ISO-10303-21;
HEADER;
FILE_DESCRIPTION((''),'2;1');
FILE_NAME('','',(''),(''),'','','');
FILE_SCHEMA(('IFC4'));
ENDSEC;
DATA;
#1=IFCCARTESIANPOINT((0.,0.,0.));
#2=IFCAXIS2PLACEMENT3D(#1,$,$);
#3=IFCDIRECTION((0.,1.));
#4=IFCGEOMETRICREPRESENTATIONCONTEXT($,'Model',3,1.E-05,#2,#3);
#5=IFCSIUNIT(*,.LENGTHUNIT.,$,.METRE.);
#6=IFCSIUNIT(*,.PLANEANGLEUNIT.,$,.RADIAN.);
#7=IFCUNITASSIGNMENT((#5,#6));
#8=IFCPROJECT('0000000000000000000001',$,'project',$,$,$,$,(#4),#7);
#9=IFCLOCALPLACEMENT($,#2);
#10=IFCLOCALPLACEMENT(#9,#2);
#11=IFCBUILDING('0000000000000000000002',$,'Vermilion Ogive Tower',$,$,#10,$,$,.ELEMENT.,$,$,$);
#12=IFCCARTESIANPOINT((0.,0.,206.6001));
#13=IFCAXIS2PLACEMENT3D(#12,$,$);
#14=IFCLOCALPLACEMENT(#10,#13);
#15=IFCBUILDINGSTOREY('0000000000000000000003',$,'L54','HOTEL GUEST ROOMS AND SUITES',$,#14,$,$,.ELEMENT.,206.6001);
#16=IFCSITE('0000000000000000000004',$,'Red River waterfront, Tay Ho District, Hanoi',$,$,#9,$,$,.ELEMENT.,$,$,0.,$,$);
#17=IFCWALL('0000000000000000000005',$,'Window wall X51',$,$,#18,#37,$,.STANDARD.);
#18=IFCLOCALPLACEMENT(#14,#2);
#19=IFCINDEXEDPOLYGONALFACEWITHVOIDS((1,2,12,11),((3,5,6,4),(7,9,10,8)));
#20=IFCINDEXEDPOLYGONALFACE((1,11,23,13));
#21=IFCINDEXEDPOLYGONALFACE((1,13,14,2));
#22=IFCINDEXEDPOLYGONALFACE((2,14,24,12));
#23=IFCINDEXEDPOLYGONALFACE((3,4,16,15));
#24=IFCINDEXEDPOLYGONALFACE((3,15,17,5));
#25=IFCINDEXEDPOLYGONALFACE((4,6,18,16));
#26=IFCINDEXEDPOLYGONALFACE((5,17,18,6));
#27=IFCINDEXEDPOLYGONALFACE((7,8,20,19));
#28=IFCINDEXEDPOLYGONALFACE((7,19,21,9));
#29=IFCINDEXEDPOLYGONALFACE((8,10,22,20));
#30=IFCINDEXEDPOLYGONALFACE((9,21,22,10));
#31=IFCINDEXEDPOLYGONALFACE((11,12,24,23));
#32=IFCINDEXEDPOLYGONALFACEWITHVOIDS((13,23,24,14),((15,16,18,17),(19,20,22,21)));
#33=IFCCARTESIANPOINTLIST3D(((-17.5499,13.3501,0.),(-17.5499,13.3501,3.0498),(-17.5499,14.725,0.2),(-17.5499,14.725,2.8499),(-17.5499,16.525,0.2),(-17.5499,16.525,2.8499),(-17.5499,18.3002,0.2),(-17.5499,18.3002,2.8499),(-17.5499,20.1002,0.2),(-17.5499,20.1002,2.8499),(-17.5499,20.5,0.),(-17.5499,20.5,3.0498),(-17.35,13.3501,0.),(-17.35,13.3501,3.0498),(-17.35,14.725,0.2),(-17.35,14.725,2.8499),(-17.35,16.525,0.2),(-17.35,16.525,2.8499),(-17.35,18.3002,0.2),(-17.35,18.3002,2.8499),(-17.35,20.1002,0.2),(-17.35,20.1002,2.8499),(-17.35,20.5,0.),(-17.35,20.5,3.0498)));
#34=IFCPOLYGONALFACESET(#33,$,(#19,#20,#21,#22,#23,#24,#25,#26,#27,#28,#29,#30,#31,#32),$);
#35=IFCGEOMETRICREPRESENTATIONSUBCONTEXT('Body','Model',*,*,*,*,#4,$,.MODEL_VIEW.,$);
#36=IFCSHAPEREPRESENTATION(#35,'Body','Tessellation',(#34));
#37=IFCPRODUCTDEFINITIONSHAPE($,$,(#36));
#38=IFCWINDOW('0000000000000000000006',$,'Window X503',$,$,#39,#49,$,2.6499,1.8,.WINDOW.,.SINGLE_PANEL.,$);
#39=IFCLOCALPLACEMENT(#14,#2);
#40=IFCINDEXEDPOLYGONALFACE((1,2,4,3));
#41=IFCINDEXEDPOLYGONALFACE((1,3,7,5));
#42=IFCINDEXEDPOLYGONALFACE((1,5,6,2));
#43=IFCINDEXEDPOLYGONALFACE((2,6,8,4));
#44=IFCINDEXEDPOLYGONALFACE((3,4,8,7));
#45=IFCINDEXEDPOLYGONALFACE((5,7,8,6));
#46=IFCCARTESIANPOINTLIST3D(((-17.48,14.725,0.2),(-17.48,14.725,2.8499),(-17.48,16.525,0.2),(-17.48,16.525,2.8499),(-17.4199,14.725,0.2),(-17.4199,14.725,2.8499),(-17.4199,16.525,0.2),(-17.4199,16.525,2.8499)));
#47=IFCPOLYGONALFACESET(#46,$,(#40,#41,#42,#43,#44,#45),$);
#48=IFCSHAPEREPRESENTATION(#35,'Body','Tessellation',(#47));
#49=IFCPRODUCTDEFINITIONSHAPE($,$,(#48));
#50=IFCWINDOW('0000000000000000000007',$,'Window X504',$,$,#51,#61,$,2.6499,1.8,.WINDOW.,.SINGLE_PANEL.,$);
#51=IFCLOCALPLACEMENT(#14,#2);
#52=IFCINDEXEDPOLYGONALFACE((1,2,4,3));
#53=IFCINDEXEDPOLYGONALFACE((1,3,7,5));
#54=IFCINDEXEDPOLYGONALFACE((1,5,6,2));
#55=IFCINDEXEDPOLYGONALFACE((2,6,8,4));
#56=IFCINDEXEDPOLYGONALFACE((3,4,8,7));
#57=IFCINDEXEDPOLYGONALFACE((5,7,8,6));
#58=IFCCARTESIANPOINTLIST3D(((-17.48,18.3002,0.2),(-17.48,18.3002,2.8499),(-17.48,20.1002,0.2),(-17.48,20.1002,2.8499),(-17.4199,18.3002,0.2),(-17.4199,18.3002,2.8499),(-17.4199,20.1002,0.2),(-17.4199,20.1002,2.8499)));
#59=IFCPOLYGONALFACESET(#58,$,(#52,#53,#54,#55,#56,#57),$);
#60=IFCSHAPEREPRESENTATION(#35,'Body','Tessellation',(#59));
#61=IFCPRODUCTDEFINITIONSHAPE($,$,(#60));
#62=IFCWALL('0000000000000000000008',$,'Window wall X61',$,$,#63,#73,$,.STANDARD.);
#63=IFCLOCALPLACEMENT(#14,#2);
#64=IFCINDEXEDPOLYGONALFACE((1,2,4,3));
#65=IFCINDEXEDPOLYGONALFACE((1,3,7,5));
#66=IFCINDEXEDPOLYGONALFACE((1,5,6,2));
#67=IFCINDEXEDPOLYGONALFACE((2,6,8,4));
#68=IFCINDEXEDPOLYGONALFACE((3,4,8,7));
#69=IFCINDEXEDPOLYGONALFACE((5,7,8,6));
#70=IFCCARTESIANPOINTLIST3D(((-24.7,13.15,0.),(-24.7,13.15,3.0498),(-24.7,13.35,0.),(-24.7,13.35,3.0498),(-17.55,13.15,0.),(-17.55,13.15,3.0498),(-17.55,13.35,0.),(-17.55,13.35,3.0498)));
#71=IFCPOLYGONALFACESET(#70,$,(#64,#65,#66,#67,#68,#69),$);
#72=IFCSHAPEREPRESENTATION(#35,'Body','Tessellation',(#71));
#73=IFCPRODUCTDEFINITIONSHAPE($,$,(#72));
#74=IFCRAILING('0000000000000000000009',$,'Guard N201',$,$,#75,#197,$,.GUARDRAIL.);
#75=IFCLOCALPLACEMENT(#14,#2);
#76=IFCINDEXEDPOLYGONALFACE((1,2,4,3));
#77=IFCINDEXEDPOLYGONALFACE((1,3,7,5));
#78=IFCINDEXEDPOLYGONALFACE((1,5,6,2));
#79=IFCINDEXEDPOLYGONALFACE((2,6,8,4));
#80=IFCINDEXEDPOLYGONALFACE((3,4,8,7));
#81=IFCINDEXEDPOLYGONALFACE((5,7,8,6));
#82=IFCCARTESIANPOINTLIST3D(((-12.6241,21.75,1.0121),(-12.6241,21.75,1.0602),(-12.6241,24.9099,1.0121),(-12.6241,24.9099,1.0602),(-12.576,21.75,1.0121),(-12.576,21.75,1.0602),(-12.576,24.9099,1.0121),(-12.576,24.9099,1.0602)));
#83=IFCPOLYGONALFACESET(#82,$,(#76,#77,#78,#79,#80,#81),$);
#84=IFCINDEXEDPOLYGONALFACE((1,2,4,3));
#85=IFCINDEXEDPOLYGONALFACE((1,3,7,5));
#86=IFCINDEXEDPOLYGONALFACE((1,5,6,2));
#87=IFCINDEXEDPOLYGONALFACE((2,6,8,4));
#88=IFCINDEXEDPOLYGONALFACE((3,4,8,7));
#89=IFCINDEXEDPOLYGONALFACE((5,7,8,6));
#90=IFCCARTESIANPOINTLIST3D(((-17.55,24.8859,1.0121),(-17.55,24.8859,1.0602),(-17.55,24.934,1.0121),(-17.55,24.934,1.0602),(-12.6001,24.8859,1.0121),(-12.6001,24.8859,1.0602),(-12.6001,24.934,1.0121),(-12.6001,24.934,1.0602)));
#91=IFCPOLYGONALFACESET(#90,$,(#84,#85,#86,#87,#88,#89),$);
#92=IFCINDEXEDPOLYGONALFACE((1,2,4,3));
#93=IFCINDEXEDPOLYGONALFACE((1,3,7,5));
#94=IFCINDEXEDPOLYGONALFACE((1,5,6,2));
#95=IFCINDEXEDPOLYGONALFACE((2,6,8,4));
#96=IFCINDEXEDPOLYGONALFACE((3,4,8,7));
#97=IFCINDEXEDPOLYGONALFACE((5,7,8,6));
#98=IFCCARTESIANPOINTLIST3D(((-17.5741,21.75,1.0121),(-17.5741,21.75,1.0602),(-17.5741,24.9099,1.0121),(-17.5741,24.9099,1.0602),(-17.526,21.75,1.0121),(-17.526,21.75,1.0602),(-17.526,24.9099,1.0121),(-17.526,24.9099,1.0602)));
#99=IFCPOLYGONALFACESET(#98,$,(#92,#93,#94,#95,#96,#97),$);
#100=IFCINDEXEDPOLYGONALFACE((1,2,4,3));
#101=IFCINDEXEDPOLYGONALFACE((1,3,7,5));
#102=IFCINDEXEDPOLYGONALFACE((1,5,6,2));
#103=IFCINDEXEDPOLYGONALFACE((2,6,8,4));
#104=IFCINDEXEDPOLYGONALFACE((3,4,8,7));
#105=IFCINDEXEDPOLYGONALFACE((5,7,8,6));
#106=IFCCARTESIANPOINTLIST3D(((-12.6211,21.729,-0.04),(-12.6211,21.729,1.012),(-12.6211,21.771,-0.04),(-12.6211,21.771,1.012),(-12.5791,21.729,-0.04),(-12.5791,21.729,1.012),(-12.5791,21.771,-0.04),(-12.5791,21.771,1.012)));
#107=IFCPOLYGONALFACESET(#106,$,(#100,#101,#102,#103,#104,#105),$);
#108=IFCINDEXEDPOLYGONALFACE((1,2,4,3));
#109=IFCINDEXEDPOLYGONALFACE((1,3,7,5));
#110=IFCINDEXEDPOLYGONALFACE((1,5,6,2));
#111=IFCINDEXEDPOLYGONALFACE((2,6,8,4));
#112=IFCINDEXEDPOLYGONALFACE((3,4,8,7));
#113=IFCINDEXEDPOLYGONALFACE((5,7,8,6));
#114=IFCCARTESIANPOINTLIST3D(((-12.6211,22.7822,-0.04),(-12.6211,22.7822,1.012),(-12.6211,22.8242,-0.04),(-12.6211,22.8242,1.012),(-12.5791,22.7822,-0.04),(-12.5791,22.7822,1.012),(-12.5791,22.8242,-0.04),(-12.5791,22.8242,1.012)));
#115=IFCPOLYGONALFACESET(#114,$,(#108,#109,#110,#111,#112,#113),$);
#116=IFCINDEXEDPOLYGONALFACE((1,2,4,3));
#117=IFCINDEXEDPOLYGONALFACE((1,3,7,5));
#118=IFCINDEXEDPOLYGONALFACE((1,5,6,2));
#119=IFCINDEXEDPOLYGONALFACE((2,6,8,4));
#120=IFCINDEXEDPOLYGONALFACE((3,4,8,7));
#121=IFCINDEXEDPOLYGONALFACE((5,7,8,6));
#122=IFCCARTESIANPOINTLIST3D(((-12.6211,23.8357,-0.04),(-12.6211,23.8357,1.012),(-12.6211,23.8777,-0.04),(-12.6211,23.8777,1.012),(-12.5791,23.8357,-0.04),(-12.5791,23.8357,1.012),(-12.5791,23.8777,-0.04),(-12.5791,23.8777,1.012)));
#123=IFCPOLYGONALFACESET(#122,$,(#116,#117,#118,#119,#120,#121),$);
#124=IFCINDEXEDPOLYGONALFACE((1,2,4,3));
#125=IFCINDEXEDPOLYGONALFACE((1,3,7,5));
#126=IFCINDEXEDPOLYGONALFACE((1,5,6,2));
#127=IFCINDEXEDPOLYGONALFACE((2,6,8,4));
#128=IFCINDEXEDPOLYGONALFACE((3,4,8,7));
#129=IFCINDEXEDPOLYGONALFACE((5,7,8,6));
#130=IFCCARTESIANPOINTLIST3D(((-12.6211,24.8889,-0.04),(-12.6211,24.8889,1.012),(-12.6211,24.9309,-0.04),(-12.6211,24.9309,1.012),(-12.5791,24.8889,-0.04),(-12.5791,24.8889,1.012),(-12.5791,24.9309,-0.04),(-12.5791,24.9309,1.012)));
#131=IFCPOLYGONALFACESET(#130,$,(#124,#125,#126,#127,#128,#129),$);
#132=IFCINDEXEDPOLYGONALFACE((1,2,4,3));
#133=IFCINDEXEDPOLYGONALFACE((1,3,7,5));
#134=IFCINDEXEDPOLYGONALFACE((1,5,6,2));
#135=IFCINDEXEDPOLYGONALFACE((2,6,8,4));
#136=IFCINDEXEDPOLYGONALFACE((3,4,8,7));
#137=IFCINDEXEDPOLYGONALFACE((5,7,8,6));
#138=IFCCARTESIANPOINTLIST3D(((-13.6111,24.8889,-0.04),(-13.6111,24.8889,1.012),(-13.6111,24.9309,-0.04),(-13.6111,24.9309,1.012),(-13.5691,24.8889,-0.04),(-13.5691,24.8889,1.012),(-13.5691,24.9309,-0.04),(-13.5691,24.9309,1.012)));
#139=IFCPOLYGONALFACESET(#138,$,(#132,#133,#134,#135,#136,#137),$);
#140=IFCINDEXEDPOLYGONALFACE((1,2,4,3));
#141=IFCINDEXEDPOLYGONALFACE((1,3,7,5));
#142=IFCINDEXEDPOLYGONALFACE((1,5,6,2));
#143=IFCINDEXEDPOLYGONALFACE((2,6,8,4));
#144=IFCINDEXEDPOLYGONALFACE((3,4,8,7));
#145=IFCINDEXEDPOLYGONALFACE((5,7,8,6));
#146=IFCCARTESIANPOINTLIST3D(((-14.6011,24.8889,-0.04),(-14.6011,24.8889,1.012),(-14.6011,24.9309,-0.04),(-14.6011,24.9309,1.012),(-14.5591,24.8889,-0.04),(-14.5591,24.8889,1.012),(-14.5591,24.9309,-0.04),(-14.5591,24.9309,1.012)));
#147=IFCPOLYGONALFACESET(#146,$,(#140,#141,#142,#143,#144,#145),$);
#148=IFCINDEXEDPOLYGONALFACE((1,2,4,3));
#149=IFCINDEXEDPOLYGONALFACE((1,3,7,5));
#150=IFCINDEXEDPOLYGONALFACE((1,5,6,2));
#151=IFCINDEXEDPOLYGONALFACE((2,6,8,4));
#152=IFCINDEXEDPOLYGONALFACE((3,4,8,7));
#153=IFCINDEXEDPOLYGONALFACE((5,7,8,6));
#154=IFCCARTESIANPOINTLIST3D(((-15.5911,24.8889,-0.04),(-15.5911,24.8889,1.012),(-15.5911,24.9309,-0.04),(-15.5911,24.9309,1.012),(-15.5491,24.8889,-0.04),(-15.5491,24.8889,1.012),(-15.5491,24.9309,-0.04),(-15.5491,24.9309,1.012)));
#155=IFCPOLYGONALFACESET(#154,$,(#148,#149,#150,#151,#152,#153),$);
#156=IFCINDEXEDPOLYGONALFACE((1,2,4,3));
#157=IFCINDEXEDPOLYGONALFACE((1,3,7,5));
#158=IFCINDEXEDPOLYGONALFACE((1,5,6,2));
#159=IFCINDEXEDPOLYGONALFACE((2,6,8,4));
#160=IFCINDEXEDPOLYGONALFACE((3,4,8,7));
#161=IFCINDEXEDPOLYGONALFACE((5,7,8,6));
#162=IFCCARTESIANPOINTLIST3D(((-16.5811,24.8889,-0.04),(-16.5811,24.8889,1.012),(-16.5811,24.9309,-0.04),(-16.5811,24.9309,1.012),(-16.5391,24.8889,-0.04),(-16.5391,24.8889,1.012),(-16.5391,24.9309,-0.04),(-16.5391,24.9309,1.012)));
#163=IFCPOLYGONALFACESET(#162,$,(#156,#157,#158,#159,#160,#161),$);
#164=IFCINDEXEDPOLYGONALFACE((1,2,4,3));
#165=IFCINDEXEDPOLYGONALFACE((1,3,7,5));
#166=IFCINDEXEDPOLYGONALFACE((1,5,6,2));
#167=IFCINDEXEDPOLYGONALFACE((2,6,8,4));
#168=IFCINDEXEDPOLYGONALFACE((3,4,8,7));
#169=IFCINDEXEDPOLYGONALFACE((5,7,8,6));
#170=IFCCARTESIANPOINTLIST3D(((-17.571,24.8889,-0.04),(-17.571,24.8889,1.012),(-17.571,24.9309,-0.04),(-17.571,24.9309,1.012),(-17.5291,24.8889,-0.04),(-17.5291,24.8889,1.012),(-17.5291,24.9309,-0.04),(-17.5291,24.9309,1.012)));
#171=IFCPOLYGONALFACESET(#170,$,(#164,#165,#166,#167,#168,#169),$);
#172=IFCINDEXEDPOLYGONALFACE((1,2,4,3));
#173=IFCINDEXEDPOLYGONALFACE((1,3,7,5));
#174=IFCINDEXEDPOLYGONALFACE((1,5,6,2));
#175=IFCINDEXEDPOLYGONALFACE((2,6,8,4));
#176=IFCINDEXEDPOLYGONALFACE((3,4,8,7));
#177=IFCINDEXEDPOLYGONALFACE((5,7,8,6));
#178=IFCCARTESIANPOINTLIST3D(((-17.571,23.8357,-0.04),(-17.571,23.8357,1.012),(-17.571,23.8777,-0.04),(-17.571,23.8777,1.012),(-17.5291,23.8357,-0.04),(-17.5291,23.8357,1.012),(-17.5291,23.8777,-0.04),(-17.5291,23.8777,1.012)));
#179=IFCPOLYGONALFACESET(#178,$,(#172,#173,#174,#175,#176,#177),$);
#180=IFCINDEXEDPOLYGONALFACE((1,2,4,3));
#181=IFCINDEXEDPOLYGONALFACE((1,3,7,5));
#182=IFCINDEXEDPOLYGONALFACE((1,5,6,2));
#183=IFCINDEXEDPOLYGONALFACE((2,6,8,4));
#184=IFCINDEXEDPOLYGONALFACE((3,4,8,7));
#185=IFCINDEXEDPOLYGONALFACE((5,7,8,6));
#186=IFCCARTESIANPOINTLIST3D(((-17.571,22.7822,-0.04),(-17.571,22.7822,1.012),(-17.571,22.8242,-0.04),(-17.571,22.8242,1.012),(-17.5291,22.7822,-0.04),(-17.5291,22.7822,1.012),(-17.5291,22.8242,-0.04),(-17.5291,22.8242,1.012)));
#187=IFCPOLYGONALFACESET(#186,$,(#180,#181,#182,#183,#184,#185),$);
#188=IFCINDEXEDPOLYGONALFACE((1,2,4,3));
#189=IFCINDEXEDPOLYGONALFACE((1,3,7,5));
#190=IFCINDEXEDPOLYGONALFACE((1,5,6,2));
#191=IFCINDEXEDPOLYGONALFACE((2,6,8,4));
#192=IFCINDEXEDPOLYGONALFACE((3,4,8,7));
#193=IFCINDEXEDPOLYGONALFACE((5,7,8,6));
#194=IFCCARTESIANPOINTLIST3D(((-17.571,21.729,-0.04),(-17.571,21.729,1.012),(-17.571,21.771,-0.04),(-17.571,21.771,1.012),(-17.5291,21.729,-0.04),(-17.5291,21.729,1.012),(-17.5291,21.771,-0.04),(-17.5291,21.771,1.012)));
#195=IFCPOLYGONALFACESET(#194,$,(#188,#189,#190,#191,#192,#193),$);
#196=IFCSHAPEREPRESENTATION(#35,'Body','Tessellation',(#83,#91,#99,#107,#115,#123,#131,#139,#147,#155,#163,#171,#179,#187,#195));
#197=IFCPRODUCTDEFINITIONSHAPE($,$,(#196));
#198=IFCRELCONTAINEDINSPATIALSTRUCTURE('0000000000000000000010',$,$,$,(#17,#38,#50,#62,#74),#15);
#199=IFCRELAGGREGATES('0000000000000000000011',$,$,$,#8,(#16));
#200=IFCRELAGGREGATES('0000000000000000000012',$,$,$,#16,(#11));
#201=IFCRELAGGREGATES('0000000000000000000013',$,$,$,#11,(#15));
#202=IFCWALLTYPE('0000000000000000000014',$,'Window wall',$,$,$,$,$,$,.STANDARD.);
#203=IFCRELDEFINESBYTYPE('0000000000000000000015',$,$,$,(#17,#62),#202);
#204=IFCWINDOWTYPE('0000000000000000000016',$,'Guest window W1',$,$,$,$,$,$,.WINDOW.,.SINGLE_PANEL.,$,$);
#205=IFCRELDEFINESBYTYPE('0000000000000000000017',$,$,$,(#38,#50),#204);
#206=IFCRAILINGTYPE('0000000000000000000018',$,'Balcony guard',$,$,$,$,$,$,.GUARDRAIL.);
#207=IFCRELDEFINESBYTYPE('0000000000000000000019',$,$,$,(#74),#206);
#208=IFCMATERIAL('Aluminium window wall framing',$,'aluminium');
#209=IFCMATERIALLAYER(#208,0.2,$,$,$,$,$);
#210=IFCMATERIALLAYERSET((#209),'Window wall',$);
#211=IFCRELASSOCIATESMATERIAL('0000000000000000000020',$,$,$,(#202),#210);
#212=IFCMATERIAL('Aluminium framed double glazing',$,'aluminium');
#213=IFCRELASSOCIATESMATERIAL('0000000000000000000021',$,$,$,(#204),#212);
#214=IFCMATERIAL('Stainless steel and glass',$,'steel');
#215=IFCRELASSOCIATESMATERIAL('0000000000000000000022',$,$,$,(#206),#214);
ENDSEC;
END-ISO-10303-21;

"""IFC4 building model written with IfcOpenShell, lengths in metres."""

from ifc_helpers import new_model, si_unit, direction, frame, frame_2d, origin, origin_2d, place, context, subcontext, project, spatial, rectangle, extrude, material, layer, layer_set, type_object, element, fill, save


model = new_model("IFC4")

# Units and contexts
model_context = context("Model", 3, precision=1e-05, world=origin(), true_north=direction((0.0, 1.0)))
body_context = subcontext(model_context, "Body", "Model", "MODEL_VIEW")
ifc_project = project(units=[si_unit("LENGTHUNIT", "METRE"), si_unit("PLANEANGLEUNIT", "RADIAN")], contexts=[model_context])

# Site, building, storey
site_placement = place(None, origin())
site = spatial("IfcSite", under=ifc_project, at=site_placement, Name="Red River waterfront, Tay Ho District, Hanoi", CompositionType="ELEMENT", RefElevation=0.0)
building_placement = place(site_placement, origin())
building = spatial("IfcBuilding", under=site, at=building_placement, Name="Vermilion Ogive Tower", CompositionType="ELEMENT")
storey_placement = place(building_placement, frame((0.0, 0.0, 206.6001)))
storey = spatial("IfcBuildingStorey", under=building, at=storey_placement, Name="L54", Description="HOTEL GUEST ROOMS AND SUITES", CompositionType="ELEMENT", Elevation=206.6001)

# Shared definitions
ifc_material_1 = material(Name="Aluminium window wall framing", Category="aluminium")
ifc_layer_1 = layer(ifc_material_1, 0.2)
ifc_layer_set_1 = layer_set([ifc_layer_1], Name="Window wall")
wall_type_1 = type_object("IfcWallType", Name="Window wall", PredefinedType="STANDARD", material=ifc_layer_set_1)
ifc_material_2 = material(Name="Aluminium framed double glazing", Category="aluminium")
window_type = type_object("IfcWindowType", Name="Guest window W1", PartitioningType="SINGLE_PANEL", PredefinedType="WINDOW", material=ifc_material_2)

# Wall, openings, windows
wall_1_placement = place(storey_placement, frame((-17.45, 20.5, 0.0), z_axis=(0.0, 0.0, 1.0), x_axis=(0.0, -1.0, 0.0)))
wall_1 = element("IfcWall", 1, at=wall_1_placement, inside=storey, type_object=wall_type_1, Name="Window wall X51", PredefinedType="STANDARD", context=body_context, shape_type="SweptSolid", body=[
    extrude(rectangle(XDim=7.1499, YDim=0.2, at=frame_2d((3.575, 0.0))), origin(), (0.0, 0.0, 1.0), 3.0498),
])
opening_1_placement = place(wall_1_placement, frame((3.9751, 0.0, 0.2)))
opening_1 = element("IfcOpeningElement", 2, at=opening_1_placement, cuts=wall_1, PredefinedType="OPENING", context=body_context, shape_type="SweptSolid", body=[
    extrude(rectangle(XDim=1.8, YDim=2.6499, at=frame_2d((0.8999, 1.325))), frame((0.0, 0.1099, 0.0), z_axis=(0.0, -1.0, 0.0), x_axis=(1.0, 0.0, 0.0)), (0.0, 0.0, 1.0), 0.22),
])
opening_2_placement = place(wall_1_placement, frame((0.3999, 0.0, 0.2)))
opening_2 = element("IfcOpeningElement", 3, at=opening_2_placement, cuts=wall_1, PredefinedType="OPENING", context=body_context, shape_type="SweptSolid", body=[
    extrude(rectangle(XDim=1.8, YDim=2.6499, at=frame_2d((0.8999, 1.325))), frame((0.0, 0.1099, 0.0), z_axis=(0.0, -1.0, 0.0), x_axis=(1.0, 0.0, 0.0)), (0.0, 0.0, 1.0), 0.22),
])
window_1_placement = place(opening_1_placement, origin())
window_1 = element("IfcWindow", 4, at=window_1_placement, inside=storey, type_object=window_type, Name="Window X503", OverallHeight=2.6499, OverallWidth=1.8, PartitioningType="SINGLE_PANEL", PredefinedType="WINDOW", context=body_context, shape_type="SweptSolid", body=[
    extrude(rectangle(XDim=1.8, YDim=2.6499, at=frame_2d((0.8999, 1.325))), frame((0.0, 0.03, 0.0), z_axis=(0.0, -1.0, 0.0), x_axis=(1.0, 0.0, 0.0)), (0.0, 0.0, 1.0), 0.0601),
])
fill(opening_1, window_1)
window_2_placement = place(opening_2_placement, origin())
window_2 = element("IfcWindow", 5, at=window_2_placement, inside=storey, type_object=window_type, Name="Window X504", OverallHeight=2.6499, OverallWidth=1.8, PartitioningType="SINGLE_PANEL", PredefinedType="WINDOW", context=body_context, shape_type="SweptSolid", body=[
    extrude(rectangle(XDim=1.8, YDim=2.6499, at=frame_2d((0.8999, 1.325))), frame((0.0, 0.03, 0.0), z_axis=(0.0, -1.0, 0.0), x_axis=(1.0, 0.0, 0.0)), (0.0, 0.0, 1.0), 0.0601),
])
fill(opening_2, window_2)

# Wall
wall_2_placement = place(storey_placement, frame((-17.55, 13.25, 0.0), z_axis=(0.0, 0.0, 1.0), x_axis=(-1.0, 0.0, 0.0)))
element("IfcWall", 6, at=wall_2_placement, inside=storey, type_object=wall_type_1, Name="Window wall X61", PredefinedType="STANDARD", context=body_context, shape_type="SweptSolid", body=[
    extrude(rectangle(XDim=7.1499, YDim=0.2, at=frame_2d((3.575, 0.0))), origin(), (0.0, 0.0, 1.0), 3.0498),
])

# Railing
ifc_material_3 = material(Name="Stainless steel and glass", Category="steel")
railing_type_1 = type_object("IfcRailingType", Name="Balcony guard", PredefinedType="GUARDRAIL", material=ifc_material_3)
railing_1_placement = place(storey_placement, frame((-12.6001, 21.75, -0.04)))
element("IfcRailing", 7, at=railing_1_placement, inside=storey, type_object=railing_type_1, Name="Guard N201", PredefinedType="GUARDRAIL", context=body_context, shape_type="SweptSolid", body=[
    extrude(rectangle(XDim=0.0481, YDim=0.0481, at=origin_2d()), frame((0.0, 0.0, 1.0762), z_axis=(0.0, 1.0, 0.0), x_axis=(-1.0, 0.0, 0.0)), (0.0, 0.0, 1.0), 3.1599),
    extrude(rectangle(XDim=0.0481, YDim=0.0481, at=origin_2d()), frame((0.0, 3.1599, 1.0762), z_axis=(-1.0, 0.0, 0.0), x_axis=(0.0, -1.0, 0.0)), (0.0, 0.0, 1.0), 4.95),
    extrude(rectangle(XDim=0.0481, YDim=0.0481, at=origin_2d()), frame((-4.95, 3.1599, 1.0762), z_axis=(0.0, -1.0, 0.0), x_axis=(1.0, 0.0, 0.0)), (0.0, 0.0, 1.0), 3.1599),
    extrude(rectangle(XDim=0.042, YDim=0.042, at=origin_2d()), origin(), (0.0, 0.0, 1.0), 1.052),
    extrude(rectangle(XDim=0.042, YDim=0.042, at=origin_2d()), frame((0.0, 1.0532, 0.0)), (0.0, 0.0, 1.0), 1.052),
    extrude(rectangle(XDim=0.042, YDim=0.042, at=origin_2d()), frame((0.0, 2.1067, 0.0)), (0.0, 0.0, 1.0), 1.052),
    extrude(rectangle(XDim=0.042, YDim=0.042, at=origin_2d()), frame((0.0, 3.1599, 0.0)), (0.0, 0.0, 1.0), 1.052),
    extrude(rectangle(XDim=0.042, YDim=0.042, at=origin_2d()), frame((-0.99, 3.1599, 0.0)), (0.0, 0.0, 1.0), 1.052),
    extrude(rectangle(XDim=0.042, YDim=0.042, at=origin_2d()), frame((-1.98, 3.1599, 0.0)), (0.0, 0.0, 1.0), 1.052),
    extrude(rectangle(XDim=0.042, YDim=0.042, at=origin_2d()), frame((-2.97, 3.1599, 0.0)), (0.0, 0.0, 1.0), 1.052),
    extrude(rectangle(XDim=0.042, YDim=0.042, at=origin_2d()), frame((-3.96, 3.1599, 0.0)), (0.0, 0.0, 1.0), 1.052),
    extrude(rectangle(XDim=0.042, YDim=0.042, at=origin_2d()), frame((-4.95, 3.1599, 0.0)), (0.0, 0.0, 1.0), 1.052),
    extrude(rectangle(XDim=0.042, YDim=0.042, at=origin_2d()), frame((-4.95, 2.1067, 0.0)), (0.0, 0.0, 1.0), 1.052),
    extrude(rectangle(XDim=0.042, YDim=0.042, at=origin_2d()), frame((-4.95, 1.0532, 0.0)), (0.0, 0.0, 1.0), 1.052),
    extrude(rectangle(XDim=0.042, YDim=0.042, at=origin_2d()), frame((-4.95, 0.0, 0.0)), (0.0, 0.0, 1.0), 1.052),
])

save(model, "model.ifc")
